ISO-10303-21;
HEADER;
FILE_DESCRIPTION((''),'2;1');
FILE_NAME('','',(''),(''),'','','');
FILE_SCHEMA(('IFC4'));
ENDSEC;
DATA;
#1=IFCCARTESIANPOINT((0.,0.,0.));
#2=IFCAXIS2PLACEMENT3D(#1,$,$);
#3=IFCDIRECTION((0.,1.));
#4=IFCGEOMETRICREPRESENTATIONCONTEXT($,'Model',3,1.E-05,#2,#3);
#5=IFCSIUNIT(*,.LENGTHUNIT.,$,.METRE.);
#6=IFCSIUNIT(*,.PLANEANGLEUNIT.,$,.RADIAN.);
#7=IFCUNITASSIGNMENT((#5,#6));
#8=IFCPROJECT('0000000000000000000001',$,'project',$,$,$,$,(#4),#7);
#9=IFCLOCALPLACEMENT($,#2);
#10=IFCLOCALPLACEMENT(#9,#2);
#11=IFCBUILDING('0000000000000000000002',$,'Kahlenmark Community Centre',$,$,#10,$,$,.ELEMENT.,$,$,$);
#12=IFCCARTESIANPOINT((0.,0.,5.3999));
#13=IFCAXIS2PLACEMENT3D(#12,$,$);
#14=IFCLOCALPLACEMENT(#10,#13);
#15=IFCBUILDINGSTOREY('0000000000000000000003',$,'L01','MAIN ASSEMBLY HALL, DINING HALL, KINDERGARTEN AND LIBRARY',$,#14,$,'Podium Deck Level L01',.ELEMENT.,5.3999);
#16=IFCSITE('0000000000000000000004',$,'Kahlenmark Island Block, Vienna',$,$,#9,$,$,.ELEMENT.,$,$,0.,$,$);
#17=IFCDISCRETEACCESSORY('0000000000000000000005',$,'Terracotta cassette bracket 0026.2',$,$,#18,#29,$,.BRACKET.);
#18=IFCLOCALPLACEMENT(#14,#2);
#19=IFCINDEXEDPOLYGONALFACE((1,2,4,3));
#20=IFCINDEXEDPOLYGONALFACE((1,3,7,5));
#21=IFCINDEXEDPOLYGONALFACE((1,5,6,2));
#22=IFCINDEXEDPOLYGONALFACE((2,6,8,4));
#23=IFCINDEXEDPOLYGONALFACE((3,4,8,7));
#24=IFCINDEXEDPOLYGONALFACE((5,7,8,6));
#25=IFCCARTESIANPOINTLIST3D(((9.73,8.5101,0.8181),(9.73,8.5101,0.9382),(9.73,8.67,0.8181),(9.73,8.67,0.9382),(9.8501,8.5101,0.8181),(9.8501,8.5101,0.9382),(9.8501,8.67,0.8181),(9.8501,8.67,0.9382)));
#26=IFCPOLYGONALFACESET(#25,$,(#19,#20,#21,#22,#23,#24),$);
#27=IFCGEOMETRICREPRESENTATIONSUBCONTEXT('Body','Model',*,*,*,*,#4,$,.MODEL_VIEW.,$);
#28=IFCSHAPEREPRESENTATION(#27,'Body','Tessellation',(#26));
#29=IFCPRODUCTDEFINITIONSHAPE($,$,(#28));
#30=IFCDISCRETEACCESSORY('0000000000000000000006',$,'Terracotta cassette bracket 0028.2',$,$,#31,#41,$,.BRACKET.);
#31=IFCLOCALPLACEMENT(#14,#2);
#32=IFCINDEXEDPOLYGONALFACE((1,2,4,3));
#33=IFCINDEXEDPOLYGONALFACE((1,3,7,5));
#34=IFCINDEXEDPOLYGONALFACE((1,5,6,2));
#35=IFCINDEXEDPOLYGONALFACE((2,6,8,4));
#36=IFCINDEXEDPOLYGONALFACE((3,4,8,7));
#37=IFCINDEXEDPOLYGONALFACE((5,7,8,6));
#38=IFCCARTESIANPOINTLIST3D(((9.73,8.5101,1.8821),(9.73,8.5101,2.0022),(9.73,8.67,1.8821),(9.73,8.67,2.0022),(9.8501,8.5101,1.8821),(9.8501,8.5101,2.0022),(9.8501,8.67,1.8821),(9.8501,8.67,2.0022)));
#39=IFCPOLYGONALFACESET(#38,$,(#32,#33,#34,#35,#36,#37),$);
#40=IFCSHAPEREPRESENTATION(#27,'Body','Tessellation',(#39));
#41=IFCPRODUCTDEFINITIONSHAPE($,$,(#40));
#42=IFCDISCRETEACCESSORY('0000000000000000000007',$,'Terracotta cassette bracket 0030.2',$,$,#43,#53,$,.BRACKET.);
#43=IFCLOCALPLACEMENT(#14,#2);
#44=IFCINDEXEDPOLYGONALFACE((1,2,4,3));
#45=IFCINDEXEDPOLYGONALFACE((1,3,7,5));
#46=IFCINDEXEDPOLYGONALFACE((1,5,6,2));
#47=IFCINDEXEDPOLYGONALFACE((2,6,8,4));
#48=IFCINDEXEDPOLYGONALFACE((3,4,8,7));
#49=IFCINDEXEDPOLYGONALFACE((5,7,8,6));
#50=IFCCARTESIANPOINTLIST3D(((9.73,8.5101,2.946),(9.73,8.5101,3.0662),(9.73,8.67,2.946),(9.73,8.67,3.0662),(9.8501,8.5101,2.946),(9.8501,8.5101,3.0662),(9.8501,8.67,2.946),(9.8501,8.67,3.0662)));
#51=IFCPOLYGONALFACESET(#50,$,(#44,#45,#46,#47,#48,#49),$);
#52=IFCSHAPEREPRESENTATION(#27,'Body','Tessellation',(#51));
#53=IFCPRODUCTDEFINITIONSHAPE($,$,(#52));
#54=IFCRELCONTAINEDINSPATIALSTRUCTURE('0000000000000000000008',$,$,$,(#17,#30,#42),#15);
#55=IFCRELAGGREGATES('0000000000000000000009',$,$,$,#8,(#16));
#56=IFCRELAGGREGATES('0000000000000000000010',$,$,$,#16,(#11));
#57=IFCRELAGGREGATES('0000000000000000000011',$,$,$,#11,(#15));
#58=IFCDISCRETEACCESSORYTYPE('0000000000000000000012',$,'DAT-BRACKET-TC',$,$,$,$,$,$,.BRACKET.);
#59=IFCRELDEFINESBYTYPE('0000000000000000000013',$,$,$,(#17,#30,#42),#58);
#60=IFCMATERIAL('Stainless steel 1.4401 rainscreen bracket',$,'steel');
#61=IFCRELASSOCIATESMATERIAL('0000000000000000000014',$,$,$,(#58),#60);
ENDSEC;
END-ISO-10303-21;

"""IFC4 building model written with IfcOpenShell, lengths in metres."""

from ifc_helpers import new_model, si_unit, direction, frame, origin, origin_2d, place, context, subcontext, project, spatial, rectangle, extrude, material, type_object, element, save


model = new_model("IFC4")

# Units and contexts
model_context = context("Model", 3, precision=1e-05, world=origin(), true_north=direction((0.0, 1.0)))
body_context = subcontext(model_context, "Body", "Model", "MODEL_VIEW")
ifc_project = project(units=[si_unit("LENGTHUNIT", "METRE"), si_unit("PLANEANGLEUNIT", "RADIAN")], contexts=[model_context])

# Site, building, storey
site_placement = place(None, origin())
site = spatial("IfcSite", under=ifc_project, at=site_placement, Name="Kahlenmark Island Block, Vienna", CompositionType="ELEMENT", RefElevation=0.0)
building_placement = place(site_placement, origin())
building = spatial("IfcBuilding", under=site, at=building_placement, Name="Kahlenmark Community Centre", CompositionType="ELEMENT")
storey_placement = place(building_placement, frame((0.0, 0.0, 5.3999)))
storey = spatial("IfcBuildingStorey", under=building, at=storey_placement, Name="L01", Description="MAIN ASSEMBLY HALL, DINING HALL, KINDERGARTEN AND LIBRARY", LongName="Podium Deck Level L01", CompositionType="ELEMENT", Elevation=5.3999)

# Discrete accessories
ifc_material_1 = material(Name="Stainless steel 1.4401 rainscreen bracket", Category="steel")
discrete_accessory_type = type_object("IfcDiscreteAccessoryType", Name="DAT-BRACKET-TC", PredefinedType="BRACKET", material=ifc_material_1)
for number, where, z_axis, x_axis, name in (
    (1, (9.79, 8.5901, 0.8181), (0.0, 0.0, 1.0), (1.0, 0.0, 0.0), "Terracotta cassette bracket 0026.2"),
    (2, (9.79, 8.5901, 1.8821), (0.0, 0.0, 1.0), (1.0, 0.0, 0.0), "Terracotta cassette bracket 0028.2"),
    (3, (9.79, 8.5901, 2.946), (0.0, 0.0, 1.0), (1.0, 0.0, 0.0), "Terracotta cassette bracket 0030.2"),
):
    element("IfcDiscreteAccessory", number, at=place(storey_placement, frame(where, z_axis=z_axis, x_axis=x_axis)), inside=storey, type_object=discrete_accessory_type, Name=name, PredefinedType="BRACKET", context=body_context, shape_type="SweptSolid", body=[
        extrude(rectangle(XDim=0.1201, YDim=0.1599, at=origin_2d()), origin(), (0.0, 0.0, 1.0), 0.1201),
    ])

save(model, "model.ifc")
